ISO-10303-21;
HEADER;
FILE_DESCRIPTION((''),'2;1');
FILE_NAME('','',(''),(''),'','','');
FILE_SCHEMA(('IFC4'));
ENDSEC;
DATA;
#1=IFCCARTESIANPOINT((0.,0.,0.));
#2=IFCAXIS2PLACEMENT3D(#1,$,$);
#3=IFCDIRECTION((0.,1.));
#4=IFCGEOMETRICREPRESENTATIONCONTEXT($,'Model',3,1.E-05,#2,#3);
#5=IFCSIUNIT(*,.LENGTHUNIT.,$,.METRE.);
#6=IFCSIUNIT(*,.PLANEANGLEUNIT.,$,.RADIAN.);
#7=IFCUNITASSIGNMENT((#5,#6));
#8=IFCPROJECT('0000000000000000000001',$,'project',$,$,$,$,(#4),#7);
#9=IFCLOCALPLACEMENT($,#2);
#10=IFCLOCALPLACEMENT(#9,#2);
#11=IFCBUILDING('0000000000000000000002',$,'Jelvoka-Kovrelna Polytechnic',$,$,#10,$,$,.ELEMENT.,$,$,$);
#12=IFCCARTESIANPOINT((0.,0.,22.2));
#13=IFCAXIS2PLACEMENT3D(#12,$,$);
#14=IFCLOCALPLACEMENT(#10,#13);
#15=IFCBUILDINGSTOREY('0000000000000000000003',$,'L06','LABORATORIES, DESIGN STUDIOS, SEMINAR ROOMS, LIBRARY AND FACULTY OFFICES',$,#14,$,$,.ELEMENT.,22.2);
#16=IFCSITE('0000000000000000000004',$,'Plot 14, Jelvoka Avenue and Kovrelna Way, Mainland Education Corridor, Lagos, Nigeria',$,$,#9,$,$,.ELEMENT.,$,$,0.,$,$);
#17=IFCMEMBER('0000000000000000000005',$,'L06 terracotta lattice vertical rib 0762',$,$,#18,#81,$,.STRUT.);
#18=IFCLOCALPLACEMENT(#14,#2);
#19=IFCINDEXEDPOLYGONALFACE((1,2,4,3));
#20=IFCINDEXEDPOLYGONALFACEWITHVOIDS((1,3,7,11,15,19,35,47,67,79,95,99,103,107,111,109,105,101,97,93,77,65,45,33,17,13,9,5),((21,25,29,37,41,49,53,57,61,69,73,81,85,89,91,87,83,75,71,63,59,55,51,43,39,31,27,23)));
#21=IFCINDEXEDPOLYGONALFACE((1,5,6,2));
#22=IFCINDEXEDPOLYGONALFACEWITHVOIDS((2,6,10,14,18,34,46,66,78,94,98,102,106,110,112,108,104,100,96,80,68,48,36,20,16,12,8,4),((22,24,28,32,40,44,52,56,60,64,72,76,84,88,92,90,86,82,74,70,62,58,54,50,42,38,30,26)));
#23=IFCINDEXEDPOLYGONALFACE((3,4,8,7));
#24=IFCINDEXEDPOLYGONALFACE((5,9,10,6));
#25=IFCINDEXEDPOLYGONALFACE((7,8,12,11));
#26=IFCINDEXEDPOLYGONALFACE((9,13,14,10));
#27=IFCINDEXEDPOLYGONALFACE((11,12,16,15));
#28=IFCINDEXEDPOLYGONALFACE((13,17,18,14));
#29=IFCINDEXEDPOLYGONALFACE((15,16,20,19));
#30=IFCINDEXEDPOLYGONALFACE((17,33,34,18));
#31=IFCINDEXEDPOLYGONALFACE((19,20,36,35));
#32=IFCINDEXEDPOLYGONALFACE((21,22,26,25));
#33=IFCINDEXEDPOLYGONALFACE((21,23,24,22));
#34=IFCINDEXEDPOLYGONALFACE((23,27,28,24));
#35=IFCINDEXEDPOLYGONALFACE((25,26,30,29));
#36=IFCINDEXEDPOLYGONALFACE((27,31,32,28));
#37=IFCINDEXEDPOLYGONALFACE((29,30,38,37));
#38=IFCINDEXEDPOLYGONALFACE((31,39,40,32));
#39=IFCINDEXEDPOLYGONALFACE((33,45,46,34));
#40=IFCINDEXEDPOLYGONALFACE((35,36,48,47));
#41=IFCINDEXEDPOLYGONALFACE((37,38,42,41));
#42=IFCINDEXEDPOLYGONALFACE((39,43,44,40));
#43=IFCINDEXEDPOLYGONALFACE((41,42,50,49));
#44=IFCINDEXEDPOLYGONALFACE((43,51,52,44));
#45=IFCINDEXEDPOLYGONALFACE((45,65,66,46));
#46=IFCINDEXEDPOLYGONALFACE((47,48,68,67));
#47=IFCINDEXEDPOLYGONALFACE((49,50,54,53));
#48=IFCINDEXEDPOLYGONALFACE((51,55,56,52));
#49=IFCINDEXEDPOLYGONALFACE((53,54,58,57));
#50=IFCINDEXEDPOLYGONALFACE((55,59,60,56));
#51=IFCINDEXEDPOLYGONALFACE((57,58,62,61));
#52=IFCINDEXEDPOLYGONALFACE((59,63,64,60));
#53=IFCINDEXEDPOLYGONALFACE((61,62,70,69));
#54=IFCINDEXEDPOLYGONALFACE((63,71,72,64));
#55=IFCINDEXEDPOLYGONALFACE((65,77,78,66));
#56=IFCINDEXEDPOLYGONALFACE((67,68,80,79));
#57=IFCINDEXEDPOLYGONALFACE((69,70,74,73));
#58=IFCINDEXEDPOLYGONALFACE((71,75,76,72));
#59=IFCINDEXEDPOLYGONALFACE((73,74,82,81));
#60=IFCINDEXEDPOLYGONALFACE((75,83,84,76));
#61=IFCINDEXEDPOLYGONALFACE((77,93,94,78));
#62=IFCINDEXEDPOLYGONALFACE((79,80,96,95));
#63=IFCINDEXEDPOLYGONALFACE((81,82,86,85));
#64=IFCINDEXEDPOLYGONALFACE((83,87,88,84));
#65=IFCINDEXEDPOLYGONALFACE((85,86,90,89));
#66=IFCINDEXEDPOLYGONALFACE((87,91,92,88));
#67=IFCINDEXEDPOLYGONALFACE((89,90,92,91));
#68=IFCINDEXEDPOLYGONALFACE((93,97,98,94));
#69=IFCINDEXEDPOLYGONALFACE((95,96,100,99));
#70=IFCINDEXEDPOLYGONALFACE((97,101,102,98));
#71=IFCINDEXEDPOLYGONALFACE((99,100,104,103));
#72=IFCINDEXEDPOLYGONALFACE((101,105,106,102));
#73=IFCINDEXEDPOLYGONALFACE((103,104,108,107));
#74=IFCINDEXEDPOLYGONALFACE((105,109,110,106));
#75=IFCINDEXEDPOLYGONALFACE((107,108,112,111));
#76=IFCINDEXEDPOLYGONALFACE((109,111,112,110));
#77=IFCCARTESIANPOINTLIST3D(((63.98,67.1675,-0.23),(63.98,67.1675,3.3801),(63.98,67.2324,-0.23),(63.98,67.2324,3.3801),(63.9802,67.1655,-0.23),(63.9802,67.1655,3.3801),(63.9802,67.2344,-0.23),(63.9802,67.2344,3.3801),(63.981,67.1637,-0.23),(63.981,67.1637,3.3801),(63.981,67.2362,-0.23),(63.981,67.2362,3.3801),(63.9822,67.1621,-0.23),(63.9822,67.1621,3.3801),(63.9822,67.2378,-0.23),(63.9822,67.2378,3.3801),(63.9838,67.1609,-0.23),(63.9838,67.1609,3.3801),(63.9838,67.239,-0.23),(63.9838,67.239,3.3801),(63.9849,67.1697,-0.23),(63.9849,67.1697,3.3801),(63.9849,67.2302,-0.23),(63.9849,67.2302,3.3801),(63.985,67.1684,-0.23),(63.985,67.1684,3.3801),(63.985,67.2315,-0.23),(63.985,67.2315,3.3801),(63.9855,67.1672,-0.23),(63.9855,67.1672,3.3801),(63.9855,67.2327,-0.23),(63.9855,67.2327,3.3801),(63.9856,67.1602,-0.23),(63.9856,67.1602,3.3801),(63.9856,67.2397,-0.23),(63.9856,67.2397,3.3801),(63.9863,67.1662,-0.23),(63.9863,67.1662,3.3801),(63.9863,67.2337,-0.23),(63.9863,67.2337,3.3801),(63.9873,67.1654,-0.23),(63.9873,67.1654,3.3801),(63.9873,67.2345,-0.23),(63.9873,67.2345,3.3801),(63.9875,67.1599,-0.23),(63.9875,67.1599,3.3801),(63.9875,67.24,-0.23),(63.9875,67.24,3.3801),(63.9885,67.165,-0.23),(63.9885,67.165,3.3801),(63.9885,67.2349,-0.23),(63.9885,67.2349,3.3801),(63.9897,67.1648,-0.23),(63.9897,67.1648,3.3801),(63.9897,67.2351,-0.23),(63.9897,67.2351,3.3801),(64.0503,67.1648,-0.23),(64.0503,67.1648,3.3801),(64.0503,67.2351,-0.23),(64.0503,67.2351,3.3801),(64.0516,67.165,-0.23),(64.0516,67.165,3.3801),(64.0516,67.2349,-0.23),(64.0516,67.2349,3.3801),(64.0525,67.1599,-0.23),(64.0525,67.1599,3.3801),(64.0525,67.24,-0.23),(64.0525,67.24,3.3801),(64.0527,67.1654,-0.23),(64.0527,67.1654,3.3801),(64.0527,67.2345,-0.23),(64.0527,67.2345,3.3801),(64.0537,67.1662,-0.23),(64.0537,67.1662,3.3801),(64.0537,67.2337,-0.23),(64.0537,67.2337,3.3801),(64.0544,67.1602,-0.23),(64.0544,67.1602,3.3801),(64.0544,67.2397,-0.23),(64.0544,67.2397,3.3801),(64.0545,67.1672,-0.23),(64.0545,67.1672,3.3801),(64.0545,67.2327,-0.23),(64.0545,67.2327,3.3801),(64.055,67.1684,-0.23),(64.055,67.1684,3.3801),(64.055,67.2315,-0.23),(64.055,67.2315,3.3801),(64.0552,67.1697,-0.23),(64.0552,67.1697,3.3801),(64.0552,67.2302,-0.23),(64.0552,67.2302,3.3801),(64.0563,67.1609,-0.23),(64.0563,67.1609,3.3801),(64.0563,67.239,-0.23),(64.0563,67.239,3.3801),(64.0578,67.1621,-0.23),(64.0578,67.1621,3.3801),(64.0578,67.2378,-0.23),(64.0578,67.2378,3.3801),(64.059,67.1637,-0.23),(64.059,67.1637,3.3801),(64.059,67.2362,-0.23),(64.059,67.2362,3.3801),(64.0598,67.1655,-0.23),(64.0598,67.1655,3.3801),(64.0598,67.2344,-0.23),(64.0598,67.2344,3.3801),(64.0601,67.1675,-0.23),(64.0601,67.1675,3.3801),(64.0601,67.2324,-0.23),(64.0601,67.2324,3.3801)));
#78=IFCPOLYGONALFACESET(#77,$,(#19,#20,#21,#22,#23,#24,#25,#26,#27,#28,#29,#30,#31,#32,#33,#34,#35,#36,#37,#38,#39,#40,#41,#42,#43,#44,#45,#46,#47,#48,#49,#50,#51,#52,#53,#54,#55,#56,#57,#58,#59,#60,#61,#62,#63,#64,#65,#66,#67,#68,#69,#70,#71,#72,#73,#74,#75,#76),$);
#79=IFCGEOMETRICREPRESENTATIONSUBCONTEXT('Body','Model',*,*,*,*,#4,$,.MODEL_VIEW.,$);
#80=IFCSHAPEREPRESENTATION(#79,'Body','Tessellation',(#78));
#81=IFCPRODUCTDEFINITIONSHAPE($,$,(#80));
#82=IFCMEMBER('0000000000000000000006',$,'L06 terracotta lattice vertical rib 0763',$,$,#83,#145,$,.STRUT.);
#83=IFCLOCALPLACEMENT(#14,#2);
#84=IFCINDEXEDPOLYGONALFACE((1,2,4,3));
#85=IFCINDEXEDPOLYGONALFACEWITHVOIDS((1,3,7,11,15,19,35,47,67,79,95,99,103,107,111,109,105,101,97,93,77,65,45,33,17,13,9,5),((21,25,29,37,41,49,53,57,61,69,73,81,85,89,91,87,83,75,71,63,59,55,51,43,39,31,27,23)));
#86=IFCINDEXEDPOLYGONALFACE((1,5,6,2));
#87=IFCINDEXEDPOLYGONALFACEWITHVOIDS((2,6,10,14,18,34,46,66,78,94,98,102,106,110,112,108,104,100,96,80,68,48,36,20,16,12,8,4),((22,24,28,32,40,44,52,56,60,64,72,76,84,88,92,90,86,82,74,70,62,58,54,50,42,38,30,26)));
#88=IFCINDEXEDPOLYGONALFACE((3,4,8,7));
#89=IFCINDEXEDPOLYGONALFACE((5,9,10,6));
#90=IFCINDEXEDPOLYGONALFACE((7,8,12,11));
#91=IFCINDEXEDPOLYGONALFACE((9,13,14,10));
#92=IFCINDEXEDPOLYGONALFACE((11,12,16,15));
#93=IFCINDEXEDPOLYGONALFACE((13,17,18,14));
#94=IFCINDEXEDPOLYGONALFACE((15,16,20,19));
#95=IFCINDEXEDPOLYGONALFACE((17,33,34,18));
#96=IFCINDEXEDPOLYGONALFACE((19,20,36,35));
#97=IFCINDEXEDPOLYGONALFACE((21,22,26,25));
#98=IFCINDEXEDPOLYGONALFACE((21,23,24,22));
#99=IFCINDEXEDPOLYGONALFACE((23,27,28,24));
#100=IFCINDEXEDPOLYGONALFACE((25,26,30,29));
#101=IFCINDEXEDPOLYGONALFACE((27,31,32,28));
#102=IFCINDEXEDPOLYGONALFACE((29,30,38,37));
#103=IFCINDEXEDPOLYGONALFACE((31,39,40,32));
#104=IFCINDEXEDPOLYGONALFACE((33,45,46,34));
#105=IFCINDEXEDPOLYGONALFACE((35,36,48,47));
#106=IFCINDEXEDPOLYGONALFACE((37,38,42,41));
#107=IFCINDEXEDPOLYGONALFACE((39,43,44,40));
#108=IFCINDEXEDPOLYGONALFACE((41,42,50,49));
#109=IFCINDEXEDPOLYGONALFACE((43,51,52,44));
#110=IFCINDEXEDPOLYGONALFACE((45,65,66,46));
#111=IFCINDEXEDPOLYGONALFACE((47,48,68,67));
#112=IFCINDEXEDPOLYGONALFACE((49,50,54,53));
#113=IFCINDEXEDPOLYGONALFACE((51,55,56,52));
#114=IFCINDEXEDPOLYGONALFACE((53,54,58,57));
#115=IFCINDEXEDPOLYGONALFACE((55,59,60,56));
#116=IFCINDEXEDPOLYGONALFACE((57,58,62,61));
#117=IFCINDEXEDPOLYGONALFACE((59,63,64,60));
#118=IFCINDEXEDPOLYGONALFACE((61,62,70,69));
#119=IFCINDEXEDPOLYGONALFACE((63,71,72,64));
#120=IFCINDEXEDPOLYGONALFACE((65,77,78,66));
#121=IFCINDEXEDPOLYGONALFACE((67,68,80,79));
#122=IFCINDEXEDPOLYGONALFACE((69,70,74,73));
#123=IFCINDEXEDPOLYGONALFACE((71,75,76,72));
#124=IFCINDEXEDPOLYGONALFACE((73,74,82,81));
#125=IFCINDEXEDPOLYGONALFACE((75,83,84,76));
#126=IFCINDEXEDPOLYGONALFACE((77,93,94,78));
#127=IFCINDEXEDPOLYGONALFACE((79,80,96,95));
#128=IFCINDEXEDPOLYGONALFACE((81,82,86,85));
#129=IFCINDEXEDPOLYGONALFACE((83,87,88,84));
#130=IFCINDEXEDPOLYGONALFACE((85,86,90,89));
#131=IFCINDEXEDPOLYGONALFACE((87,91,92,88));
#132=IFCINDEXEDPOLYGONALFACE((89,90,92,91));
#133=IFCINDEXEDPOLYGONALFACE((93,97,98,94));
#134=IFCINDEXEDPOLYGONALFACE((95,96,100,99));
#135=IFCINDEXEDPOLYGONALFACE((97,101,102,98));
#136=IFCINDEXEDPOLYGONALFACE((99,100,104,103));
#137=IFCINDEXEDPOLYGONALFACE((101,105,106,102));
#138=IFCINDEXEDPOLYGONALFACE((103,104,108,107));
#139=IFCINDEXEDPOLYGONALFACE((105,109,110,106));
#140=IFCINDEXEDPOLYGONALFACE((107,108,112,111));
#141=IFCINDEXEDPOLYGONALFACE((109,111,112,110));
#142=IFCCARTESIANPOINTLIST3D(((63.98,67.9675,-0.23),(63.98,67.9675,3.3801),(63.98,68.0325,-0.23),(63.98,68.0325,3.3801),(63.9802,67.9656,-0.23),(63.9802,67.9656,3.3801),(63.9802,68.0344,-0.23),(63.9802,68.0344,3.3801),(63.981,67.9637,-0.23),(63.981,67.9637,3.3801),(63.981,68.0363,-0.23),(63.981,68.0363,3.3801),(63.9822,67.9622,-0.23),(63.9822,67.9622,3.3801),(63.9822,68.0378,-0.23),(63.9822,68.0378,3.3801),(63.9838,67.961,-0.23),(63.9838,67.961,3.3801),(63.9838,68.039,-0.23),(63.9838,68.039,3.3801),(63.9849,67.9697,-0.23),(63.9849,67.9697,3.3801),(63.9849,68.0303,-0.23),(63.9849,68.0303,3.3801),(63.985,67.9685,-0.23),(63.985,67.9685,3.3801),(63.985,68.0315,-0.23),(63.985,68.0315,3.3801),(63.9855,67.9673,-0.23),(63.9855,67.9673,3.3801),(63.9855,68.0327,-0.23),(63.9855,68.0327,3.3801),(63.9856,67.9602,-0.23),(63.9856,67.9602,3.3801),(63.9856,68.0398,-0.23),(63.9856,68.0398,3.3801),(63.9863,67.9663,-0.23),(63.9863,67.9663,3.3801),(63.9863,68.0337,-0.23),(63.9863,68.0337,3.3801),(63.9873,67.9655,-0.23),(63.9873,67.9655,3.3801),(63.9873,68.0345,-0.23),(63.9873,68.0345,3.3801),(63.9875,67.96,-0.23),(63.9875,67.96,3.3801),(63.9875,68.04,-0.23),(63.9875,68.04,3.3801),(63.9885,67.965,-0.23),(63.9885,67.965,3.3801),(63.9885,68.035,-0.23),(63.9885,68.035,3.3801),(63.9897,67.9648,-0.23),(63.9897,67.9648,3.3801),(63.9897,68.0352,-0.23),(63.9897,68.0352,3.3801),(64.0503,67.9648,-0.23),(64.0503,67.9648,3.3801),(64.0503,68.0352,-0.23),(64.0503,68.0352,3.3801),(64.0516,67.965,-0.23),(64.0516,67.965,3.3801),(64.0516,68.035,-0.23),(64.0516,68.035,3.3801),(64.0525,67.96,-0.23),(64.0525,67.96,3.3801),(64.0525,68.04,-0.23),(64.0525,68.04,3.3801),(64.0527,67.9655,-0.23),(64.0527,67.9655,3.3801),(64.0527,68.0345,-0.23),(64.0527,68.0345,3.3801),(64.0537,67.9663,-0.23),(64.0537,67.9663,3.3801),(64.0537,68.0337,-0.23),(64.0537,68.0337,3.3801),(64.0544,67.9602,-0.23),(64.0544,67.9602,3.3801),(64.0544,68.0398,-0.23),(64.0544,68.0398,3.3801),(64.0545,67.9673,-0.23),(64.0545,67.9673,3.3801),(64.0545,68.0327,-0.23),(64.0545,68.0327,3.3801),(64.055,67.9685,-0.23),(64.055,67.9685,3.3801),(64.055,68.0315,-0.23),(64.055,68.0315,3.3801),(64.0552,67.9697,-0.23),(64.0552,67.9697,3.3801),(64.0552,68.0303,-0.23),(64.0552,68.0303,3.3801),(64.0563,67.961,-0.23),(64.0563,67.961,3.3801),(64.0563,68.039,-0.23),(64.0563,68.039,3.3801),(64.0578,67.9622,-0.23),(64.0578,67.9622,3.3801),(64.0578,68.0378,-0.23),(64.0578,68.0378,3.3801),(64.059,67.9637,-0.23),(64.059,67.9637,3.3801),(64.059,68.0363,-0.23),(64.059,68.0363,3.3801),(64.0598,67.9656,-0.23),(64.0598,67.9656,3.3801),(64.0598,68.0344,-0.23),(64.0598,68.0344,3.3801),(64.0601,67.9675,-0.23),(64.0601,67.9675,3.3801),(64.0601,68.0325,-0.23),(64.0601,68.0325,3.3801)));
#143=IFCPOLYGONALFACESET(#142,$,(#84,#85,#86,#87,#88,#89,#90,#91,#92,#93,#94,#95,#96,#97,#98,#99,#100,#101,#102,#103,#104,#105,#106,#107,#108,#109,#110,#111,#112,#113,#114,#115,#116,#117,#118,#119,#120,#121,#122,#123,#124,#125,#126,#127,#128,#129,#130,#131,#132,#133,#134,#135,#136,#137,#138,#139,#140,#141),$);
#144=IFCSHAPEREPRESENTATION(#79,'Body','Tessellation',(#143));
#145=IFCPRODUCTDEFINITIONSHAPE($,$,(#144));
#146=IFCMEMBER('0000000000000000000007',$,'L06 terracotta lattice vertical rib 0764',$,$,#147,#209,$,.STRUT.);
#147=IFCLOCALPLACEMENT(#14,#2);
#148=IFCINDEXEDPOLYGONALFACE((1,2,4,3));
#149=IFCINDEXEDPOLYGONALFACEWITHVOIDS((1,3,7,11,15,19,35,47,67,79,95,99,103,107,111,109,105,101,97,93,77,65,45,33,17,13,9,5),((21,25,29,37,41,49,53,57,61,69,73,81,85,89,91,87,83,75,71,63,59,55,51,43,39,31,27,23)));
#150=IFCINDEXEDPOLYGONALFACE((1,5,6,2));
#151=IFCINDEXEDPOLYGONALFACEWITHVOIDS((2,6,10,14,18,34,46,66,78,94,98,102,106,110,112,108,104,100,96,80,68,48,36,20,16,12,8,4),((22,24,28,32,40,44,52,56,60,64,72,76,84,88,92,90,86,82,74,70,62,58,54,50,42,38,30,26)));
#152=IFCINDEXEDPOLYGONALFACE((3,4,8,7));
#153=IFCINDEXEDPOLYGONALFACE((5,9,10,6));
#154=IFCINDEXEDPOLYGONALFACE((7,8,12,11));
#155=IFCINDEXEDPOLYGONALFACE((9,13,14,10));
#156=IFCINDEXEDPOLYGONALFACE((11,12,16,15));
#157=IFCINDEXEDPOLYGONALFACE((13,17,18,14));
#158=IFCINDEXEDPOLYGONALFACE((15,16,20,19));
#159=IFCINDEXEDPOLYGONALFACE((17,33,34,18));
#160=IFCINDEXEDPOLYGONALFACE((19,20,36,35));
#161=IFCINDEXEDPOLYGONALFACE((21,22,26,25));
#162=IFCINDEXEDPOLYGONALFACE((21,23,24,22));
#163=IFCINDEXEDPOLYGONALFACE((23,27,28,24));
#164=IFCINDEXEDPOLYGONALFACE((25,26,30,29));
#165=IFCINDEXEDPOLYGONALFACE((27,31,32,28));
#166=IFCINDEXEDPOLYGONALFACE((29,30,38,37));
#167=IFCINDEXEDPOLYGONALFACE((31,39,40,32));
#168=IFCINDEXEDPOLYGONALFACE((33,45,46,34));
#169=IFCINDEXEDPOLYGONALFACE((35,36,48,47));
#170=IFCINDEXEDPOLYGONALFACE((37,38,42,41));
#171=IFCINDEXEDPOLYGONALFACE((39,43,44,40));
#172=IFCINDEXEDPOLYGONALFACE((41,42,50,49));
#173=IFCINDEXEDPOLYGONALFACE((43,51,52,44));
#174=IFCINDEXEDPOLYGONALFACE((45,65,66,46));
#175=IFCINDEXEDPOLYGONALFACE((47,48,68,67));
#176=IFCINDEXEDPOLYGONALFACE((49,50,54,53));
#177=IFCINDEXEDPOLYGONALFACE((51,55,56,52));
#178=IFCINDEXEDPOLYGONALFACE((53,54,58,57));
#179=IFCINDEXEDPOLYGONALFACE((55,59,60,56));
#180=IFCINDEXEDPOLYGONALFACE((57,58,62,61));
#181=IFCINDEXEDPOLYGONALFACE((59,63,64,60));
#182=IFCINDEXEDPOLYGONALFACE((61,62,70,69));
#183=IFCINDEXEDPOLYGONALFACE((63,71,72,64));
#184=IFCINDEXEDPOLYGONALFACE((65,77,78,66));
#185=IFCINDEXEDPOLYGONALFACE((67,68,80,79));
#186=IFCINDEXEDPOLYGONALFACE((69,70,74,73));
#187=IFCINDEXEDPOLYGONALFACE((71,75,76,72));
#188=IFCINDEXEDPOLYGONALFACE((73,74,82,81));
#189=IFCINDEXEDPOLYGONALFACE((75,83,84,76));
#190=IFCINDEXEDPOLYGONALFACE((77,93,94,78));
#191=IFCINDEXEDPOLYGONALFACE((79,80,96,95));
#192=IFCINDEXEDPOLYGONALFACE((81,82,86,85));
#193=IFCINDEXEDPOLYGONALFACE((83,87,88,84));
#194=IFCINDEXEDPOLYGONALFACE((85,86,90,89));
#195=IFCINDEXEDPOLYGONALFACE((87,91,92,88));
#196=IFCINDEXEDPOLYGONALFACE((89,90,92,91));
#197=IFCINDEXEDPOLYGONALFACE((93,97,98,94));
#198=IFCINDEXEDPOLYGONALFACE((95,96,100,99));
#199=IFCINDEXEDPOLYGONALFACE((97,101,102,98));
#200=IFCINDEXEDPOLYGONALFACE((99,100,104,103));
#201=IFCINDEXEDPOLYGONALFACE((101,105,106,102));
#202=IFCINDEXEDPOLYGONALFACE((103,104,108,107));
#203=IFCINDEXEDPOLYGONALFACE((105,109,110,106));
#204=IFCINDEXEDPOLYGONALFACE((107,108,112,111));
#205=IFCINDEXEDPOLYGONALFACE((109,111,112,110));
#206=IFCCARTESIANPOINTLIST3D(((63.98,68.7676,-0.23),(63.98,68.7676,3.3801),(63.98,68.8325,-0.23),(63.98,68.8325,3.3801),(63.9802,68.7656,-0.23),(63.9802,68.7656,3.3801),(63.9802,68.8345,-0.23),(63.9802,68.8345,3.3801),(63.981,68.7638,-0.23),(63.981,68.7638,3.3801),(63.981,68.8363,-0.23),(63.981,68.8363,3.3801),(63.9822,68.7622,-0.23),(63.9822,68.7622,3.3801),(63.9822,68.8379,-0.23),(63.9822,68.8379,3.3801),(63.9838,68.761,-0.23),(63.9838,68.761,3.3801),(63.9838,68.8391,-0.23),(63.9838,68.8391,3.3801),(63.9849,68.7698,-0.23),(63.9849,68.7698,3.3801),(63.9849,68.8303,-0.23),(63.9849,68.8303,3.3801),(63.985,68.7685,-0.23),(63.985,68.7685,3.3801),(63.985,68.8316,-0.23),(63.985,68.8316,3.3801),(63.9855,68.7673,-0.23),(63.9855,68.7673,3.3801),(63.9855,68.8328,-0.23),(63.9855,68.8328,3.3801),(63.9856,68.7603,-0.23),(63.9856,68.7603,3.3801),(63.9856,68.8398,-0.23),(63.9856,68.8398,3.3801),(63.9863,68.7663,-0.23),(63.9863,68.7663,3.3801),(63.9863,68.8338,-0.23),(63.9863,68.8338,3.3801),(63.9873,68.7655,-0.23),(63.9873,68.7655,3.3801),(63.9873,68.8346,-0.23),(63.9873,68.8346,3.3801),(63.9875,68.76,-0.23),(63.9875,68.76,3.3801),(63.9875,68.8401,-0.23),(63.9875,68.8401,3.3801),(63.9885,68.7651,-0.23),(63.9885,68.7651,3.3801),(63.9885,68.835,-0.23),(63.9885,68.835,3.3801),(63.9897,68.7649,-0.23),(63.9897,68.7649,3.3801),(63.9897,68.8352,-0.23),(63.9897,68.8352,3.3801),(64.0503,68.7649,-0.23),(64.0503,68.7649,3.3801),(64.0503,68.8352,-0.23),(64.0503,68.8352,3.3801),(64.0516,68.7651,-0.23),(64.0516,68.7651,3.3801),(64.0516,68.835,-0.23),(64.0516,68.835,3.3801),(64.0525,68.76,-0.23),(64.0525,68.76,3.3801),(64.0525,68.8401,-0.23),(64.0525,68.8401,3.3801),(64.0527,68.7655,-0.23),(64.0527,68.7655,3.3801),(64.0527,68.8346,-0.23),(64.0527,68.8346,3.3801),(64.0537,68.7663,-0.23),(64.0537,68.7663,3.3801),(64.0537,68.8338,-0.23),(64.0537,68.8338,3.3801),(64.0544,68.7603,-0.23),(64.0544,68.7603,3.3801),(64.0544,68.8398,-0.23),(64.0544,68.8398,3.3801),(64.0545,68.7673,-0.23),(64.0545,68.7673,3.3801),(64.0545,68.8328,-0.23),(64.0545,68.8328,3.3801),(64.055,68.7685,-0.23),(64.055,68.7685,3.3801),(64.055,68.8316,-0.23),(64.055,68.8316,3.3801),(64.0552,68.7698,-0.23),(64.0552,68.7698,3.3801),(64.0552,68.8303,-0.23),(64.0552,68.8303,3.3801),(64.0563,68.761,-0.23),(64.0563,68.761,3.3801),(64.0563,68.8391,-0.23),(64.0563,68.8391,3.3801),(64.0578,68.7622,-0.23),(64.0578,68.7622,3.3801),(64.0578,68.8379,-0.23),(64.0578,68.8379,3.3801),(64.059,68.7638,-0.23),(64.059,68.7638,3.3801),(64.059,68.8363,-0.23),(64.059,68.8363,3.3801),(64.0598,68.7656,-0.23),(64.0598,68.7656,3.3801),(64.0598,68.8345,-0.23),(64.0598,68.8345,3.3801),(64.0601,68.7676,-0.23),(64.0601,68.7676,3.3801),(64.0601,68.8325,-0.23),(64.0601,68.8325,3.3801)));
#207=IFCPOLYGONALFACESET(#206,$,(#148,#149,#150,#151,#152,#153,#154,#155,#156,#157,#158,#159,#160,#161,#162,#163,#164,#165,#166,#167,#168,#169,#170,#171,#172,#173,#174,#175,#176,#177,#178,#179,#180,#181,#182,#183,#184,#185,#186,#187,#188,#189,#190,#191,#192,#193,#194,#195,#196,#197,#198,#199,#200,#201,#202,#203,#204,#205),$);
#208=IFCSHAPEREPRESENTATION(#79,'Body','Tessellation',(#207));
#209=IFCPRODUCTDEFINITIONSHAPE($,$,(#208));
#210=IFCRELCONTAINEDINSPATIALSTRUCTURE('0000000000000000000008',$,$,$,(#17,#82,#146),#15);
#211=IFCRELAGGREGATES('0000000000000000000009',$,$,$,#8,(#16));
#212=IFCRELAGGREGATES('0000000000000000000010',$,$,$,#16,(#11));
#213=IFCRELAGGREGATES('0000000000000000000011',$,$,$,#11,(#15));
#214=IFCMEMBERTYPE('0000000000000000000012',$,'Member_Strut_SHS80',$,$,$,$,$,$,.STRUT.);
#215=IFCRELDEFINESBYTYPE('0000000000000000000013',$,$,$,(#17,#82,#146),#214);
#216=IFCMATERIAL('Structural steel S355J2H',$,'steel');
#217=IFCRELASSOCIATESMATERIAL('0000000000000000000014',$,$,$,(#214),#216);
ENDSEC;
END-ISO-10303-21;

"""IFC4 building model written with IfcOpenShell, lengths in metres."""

from ifc_helpers import new_model, si_unit, direction, frame, origin, origin_2d, place, context, subcontext, project, spatial, hollow_rectangle, extrude, material, material_profile, profile_set, type_object, element, save


model = new_model("IFC4")

# Units and contexts
model_context = context("Model", 3, precision=1e-05, world=origin(), true_north=direction((0.0, 1.0)))
body_context = subcontext(model_context, "Body", "Model", "MODEL_VIEW")
ifc_project = project(units=[si_unit("LENGTHUNIT", "METRE"), si_unit("PLANEANGLEUNIT", "RADIAN")], contexts=[model_context])

# Site, building, storey
site_placement = place(None, origin())
site = spatial("IfcSite", under=ifc_project, at=site_placement, Name="Plot 14, Jelvoka Avenue and Kovrelna Way, Mainland Education Corridor, Lagos, Nigeria", CompositionType="ELEMENT", RefElevation=0.0)
building_placement = place(site_placement, origin())
building = spatial("IfcBuilding", under=site, at=building_placement, Name="Jelvoka-Kovrelna Polytechnic", CompositionType="ELEMENT")
storey_placement = place(building_placement, frame((0.0, 0.0, 22.2)))
storey = spatial("IfcBuildingStorey", under=building, at=storey_placement, Name="L06", Description="LABORATORIES, DESIGN STUDIOS, SEMINAR ROOMS, LIBRARY AND FACULTY OFFICES", CompositionType="ELEMENT", Elevation=22.2)

# Members
ifc_material_1 = material(Name="Structural steel S355J2H", Category="steel")
ifc_material_profile_1 = material_profile(ifc_material_1, hollow_rectangle(XDim=0.0801, YDim=0.0801, WallThickness=0.0049, InnerFilletRadius=0.0049, OuterFilletRadius=0.0076, at=origin_2d()), Name="80x80x5.0 SHS")
ifc_profile_set_1 = profile_set([ifc_material_profile_1], Name="Structural steel S355J2H")
member_type_1 = type_object("IfcMemberType", Name="Member_Strut_SHS80", PredefinedType="STRUT", material=ifc_profile_set_1)
for number, where, z_axis, x_axis, name in (
    (1, (64.02, 67.2, -0.23), (0.0, 0.0, 1.0), (1.0, 0.0, 0.0), "L06 terracotta lattice vertical rib 0762"),
    (2, (64.02, 68.0, -0.23), (0.0, 0.0, 1.0), (1.0, 0.0, 0.0), "L06 terracotta lattice vertical rib 0763"),
    (3, (64.02, 68.8, -0.23), (0.0, 0.0, 1.0), (1.0, 0.0, 0.0), "L06 terracotta lattice vertical rib 0764"),
):
    element("IfcMember", number, at=place(storey_placement, frame(where, z_axis=z_axis, x_axis=x_axis)), inside=storey, type_object=member_type_1, Name=name, PredefinedType="STRUT", context=body_context, shape_type="SweptSolid", body=[
        extrude(hollow_rectangle(XDim=0.0801, YDim=0.0801, WallThickness=0.0049, InnerFilletRadius=0.0049, OuterFilletRadius=0.0076, at=origin_2d()), origin(), (0.0, 0.0, 1.0), 3.6101),
    ])

save(model, "model.ifc")
